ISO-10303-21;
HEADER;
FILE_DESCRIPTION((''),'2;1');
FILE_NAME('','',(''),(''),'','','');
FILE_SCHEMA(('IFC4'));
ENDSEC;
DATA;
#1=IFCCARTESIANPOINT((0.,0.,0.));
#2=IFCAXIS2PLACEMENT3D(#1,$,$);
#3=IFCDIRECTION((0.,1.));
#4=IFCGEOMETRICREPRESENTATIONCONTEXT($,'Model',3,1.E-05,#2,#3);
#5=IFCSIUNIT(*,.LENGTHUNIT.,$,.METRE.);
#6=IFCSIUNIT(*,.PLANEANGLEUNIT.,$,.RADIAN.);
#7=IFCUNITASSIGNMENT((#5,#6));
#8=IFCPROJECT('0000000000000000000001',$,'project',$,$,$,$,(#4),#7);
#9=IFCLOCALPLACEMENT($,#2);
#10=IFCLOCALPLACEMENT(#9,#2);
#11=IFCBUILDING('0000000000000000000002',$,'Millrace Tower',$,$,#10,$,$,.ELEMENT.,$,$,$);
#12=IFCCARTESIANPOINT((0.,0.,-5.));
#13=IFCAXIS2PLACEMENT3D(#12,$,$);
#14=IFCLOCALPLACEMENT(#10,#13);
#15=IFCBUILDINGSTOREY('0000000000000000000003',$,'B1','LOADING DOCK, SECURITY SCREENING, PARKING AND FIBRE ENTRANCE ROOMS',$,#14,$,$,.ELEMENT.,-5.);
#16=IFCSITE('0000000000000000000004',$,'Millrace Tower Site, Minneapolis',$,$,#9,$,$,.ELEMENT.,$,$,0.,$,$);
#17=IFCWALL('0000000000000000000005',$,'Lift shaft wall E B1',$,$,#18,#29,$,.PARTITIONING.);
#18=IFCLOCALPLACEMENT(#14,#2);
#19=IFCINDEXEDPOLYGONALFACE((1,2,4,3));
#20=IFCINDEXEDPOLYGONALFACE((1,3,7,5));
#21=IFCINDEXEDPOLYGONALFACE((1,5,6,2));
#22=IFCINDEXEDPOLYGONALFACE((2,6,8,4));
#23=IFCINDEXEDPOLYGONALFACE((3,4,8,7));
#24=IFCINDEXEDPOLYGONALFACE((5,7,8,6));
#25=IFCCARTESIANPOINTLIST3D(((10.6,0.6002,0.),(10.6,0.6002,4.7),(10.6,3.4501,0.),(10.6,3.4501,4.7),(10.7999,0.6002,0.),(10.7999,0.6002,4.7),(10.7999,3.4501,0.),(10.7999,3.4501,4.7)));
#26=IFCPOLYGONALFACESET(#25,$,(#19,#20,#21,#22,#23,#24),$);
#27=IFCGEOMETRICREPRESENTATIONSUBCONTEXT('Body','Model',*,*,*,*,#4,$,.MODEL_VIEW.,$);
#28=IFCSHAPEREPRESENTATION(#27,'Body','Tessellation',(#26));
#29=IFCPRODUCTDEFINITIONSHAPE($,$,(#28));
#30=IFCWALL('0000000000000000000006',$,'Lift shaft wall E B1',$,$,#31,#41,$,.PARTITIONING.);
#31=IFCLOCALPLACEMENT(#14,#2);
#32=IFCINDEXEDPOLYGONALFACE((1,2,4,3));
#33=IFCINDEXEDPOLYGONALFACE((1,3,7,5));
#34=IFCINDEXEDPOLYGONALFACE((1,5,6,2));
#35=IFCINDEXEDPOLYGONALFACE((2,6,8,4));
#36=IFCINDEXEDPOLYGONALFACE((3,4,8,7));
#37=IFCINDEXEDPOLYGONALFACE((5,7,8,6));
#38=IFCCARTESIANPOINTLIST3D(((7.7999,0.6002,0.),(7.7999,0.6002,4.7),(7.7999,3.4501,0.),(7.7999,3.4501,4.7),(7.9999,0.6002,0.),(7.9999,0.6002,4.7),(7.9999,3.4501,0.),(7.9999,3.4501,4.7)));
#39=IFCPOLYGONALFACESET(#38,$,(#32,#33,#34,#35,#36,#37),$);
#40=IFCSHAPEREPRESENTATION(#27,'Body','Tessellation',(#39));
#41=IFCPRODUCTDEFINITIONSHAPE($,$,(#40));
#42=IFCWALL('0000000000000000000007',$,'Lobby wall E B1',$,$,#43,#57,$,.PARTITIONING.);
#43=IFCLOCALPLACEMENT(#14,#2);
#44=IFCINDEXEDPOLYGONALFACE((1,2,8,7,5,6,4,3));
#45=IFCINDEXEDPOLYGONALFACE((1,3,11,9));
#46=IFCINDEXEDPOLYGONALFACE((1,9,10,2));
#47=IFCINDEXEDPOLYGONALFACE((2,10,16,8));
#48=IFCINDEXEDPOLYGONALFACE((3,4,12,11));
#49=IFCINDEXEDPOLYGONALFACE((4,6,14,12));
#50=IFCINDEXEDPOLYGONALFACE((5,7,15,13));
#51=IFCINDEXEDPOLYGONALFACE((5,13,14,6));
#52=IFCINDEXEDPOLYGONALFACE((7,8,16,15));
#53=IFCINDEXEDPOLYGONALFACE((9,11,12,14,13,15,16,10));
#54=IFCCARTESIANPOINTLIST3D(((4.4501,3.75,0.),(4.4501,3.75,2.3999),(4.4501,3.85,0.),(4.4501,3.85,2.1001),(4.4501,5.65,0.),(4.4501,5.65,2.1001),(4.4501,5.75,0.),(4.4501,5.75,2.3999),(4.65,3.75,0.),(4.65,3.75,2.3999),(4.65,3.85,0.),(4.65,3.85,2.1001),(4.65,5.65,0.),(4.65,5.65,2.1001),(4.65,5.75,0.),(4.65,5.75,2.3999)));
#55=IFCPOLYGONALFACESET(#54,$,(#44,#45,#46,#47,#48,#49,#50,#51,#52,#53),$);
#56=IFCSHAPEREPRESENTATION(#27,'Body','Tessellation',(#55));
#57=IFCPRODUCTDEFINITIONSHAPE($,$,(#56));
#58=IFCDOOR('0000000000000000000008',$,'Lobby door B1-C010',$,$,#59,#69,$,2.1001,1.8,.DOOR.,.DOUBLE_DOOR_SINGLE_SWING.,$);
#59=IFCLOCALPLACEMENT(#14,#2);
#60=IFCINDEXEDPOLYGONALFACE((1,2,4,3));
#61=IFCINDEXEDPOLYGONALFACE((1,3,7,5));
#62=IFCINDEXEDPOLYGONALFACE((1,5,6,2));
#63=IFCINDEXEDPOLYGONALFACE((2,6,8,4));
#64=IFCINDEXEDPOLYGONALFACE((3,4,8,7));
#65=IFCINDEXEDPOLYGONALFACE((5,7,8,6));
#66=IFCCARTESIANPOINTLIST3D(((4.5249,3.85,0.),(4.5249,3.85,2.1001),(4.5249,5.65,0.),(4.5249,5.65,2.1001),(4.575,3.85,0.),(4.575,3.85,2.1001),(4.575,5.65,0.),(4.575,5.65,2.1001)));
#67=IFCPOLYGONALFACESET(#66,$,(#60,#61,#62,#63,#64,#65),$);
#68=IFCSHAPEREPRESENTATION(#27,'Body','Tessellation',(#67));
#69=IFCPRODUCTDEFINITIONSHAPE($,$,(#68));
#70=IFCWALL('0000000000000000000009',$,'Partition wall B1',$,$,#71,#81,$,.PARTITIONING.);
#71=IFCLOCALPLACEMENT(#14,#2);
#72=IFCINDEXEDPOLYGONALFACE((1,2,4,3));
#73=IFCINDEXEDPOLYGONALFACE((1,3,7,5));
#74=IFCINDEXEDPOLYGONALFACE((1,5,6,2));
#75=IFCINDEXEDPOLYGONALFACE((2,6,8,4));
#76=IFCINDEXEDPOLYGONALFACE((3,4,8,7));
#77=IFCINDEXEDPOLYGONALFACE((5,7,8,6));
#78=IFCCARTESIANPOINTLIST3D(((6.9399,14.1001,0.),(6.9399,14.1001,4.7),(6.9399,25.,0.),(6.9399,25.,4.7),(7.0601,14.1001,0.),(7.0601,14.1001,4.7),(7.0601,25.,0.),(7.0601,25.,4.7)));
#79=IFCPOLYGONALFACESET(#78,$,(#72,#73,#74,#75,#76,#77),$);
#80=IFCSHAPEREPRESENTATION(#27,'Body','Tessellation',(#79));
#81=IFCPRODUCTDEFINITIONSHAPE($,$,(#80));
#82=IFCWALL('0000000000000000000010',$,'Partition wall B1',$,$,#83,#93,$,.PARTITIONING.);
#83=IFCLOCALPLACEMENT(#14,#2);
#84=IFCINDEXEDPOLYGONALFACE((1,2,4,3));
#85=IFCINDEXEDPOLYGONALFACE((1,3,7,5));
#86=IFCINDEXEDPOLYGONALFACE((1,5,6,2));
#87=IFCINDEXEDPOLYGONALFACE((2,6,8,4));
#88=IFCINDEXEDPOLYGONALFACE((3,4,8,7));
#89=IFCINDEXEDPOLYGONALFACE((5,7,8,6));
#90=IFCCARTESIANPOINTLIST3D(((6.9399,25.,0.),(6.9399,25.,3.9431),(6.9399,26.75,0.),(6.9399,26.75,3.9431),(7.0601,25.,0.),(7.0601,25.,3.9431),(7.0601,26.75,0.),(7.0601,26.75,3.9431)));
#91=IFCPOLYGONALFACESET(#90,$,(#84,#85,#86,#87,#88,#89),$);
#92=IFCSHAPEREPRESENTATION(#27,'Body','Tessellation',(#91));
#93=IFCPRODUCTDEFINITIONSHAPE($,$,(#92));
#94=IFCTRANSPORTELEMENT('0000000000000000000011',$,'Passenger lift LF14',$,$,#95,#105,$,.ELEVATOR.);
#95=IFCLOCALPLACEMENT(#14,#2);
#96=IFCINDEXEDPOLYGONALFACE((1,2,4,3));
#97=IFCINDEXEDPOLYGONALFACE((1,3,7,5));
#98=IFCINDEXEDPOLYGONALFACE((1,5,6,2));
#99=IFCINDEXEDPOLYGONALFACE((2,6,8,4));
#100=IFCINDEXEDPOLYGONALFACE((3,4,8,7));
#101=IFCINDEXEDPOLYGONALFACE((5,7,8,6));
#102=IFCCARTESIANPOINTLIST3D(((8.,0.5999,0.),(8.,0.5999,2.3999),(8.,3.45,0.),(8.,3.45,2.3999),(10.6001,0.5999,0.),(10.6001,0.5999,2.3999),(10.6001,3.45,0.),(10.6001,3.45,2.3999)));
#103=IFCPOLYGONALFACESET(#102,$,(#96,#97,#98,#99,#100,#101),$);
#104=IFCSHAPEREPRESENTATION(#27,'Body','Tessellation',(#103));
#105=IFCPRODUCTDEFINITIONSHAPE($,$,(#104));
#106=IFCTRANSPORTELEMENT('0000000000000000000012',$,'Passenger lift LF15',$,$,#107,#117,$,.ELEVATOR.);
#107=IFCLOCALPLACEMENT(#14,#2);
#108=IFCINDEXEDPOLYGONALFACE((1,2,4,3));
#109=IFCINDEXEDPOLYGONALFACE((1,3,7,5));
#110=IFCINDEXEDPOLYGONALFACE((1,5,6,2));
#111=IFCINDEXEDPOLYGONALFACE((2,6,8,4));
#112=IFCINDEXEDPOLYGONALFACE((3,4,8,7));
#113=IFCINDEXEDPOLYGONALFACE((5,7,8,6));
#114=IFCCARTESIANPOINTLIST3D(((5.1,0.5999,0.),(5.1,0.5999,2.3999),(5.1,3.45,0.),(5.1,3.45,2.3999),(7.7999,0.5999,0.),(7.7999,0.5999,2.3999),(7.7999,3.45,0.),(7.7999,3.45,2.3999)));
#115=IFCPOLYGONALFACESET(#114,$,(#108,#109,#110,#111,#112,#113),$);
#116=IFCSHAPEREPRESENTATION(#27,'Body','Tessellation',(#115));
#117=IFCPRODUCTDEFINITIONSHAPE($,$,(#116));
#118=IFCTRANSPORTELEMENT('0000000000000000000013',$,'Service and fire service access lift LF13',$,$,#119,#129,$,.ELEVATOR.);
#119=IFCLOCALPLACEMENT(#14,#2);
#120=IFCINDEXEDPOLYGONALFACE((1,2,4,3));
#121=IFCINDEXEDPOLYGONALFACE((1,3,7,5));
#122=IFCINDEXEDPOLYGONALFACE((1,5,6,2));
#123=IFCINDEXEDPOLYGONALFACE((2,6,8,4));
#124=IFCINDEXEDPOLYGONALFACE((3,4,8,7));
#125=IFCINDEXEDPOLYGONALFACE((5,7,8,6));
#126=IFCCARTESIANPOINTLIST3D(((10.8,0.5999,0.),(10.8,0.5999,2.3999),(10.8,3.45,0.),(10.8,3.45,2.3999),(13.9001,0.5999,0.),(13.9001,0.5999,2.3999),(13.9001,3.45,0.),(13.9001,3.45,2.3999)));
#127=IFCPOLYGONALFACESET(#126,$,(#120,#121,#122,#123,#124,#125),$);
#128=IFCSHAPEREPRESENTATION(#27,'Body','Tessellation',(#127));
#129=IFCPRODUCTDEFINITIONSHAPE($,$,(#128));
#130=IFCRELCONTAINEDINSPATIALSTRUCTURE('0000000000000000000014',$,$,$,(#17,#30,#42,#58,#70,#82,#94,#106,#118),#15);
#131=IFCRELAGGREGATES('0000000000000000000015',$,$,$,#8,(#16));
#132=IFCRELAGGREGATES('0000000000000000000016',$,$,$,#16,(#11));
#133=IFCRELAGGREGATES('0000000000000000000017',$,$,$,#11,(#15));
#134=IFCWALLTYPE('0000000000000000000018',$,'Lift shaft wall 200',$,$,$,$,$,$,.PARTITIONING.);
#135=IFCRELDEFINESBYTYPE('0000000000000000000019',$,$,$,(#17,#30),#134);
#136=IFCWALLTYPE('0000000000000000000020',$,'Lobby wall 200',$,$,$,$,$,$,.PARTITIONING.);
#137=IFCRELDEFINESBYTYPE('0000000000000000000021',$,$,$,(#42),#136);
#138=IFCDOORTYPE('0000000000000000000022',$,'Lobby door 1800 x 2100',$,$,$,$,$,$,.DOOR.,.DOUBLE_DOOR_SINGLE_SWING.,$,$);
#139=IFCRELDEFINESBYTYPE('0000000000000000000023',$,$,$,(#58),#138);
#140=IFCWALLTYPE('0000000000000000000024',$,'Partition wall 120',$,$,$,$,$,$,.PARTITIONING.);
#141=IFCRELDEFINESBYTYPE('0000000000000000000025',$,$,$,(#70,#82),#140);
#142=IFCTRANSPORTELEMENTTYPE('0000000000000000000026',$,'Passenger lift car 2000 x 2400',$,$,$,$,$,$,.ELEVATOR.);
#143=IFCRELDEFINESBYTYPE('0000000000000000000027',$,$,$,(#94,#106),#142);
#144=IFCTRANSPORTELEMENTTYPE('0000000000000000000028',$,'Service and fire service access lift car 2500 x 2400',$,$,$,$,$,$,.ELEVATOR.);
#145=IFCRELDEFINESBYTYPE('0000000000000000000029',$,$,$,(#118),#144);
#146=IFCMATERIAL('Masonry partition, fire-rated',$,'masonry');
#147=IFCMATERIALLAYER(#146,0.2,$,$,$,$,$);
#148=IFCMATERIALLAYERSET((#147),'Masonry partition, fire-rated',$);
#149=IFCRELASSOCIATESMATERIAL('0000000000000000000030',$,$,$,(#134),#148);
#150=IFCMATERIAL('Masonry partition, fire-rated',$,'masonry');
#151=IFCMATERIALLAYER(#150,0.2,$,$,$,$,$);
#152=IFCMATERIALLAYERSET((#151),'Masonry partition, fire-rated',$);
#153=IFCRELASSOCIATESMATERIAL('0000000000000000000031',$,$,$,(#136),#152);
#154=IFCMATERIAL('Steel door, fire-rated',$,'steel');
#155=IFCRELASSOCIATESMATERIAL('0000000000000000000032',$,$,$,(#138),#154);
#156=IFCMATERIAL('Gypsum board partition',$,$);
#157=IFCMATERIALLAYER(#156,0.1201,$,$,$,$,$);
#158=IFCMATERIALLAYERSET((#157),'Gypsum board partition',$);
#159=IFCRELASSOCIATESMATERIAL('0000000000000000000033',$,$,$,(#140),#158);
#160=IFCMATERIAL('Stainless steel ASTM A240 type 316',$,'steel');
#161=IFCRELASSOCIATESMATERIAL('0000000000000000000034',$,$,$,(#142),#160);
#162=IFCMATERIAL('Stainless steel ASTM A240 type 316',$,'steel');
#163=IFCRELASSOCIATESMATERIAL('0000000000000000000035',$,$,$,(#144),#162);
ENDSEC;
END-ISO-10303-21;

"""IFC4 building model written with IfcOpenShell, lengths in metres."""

from ifc_helpers import new_model, si_unit, direction, frame, frame_2d, origin, origin_2d, place, context, subcontext, project, spatial, rectangle, extrude, material, layer, layer_set, type_object, element, fill, save


model = new_model("IFC4")

# Units and contexts
model_context = context("Model", 3, precision=1e-05, world=origin(), true_north=direction((0.0, 1.0)))
body_context = subcontext(model_context, "Body", "Model", "MODEL_VIEW")
ifc_project = project(units=[si_unit("LENGTHUNIT", "METRE"), si_unit("PLANEANGLEUNIT", "RADIAN")], contexts=[model_context])

# Site, building, storey
site_placement = place(None, origin())
site = spatial("IfcSite", under=ifc_project, at=site_placement, Name="Millrace Tower Site, Minneapolis", CompositionType="ELEMENT", RefElevation=0.0)
building_placement = place(site_placement, origin())
building = spatial("IfcBuilding", under=site, at=building_placement, Name="Millrace Tower", CompositionType="ELEMENT")
storey_placement = place(building_placement, frame((0.0, 0.0, -5.0)))
storey = spatial("IfcBuildingStorey", under=building, at=storey_placement, Name="B1", Description="LOADING DOCK, SECURITY SCREENING, PARKING AND FIBRE ENTRANCE ROOMS", CompositionType="ELEMENT", Elevation=-5.0)

# Shared definitions
ifc_material_1 = material(Name="Masonry partition, fire-rated", Category="masonry")
ifc_layer_1 = layer(ifc_material_1, 0.2)
ifc_layer_set_1 = layer_set([ifc_layer_1], Name="Masonry partition, fire-rated")
wall_type_1 = type_object("IfcWallType", Name="Lift shaft wall 200", PredefinedType="PARTITIONING", material=ifc_layer_set_1)

# Walls
for number, where, z_axis, x_axis, name in (
    (1, (10.7, 3.45, 0.0), (0.0, 0.0, 1.0), (0.0, -1.0, 0.0), "Lift shaft wall E B1"),
    (2, (7.8999, 3.45, 0.0), (0.0, 0.0, 1.0), (0.0, -1.0, 0.0), "Lift shaft wall E B1"),
):
    element("IfcWall", number, at=place(storey_placement, frame(where, z_axis=z_axis, x_axis=x_axis)), inside=storey, type_object=wall_type_1, Name=name, PredefinedType="PARTITIONING", context=body_context, shape_type="SweptSolid", body=[
        extrude(rectangle(XDim=2.8499, YDim=0.2, at=frame_2d((1.4248, 0.0))), origin(), (0.0, 0.0, 1.0), 4.7),
    ])

# Wall, opening, door
ifc_material_2 = material(Name="Masonry partition, fire-rated", Category="masonry")
ifc_layer_2 = layer(ifc_material_2, 0.2)
ifc_layer_set_2 = layer_set([ifc_layer_2], Name="Masonry partition, fire-rated")
wall_type_2 = type_object("IfcWallType", Name="Lobby wall 200", PredefinedType="PARTITIONING", material=ifc_layer_set_2)
wall_1_placement = place(storey_placement, frame((4.55, 5.75, 0.0), z_axis=(0.0, 0.0, 1.0), x_axis=(0.0, -1.0, 0.0)))
wall_1 = element("IfcWall", 3, at=wall_1_placement, inside=storey, type_object=wall_type_2, Name="Lobby wall E B1", PredefinedType="PARTITIONING", context=body_context, shape_type="SweptSolid", body=[
    extrude(rectangle(XDim=2.0, YDim=0.2, at=frame_2d((1.0, 0.0))), origin(), (0.0, 0.0, 1.0), 2.3999),
])
opening_1_placement = place(wall_1_placement, frame((0.1001, 0.0, 0.0)))
opening_1 = element("IfcOpeningElement", 4, at=opening_1_placement, cuts=wall_1, PredefinedType="OPENING", context=body_context, shape_type="SweptSolid", body=[
    extrude(rectangle(XDim=1.8, YDim=2.1001, at=frame_2d((0.8999, 1.05))), frame((0.0, 0.1099, 0.0), z_axis=(0.0, -1.0, 0.0), x_axis=(1.0, 0.0, 0.0)), (0.0, 0.0, 1.0), 0.22),
])
ifc_material_3 = material(Name="Steel door, fire-rated", Category="steel")
door_type_1 = type_object("IfcDoorType", Name="Lobby door 1800 x 2100", OperationType="DOUBLE_DOOR_SINGLE_SWING", PredefinedType="DOOR", material=ifc_material_3)
door_1_placement = place(opening_1_placement, origin())
door_1 = element("IfcDoor", 5, at=door_1_placement, inside=storey, type_object=door_type_1, Name="Lobby door B1-C010", OperationType="DOUBLE_DOOR_SINGLE_SWING", OverallHeight=2.1001, OverallWidth=1.8, PredefinedType="DOOR", context=body_context, shape_type="SweptSolid", body=[
    extrude(rectangle(XDim=1.8, YDim=2.1001, at=frame_2d((0.8999, 1.05))), frame((0.0, 0.0249, 0.0), z_axis=(0.0, -1.0, 0.0), x_axis=(1.0, 0.0, 0.0)), (0.0, 0.0, 1.0), 0.05),
])
fill(opening_1, door_1)

# Walls
ifc_material_4 = material(Name="Gypsum board partition")
ifc_layer_3 = layer(ifc_material_4, 0.1201)
ifc_layer_set_3 = layer_set([ifc_layer_3], Name="Gypsum board partition")
wall_type_3 = type_object("IfcWallType", Name="Partition wall 120", PredefinedType="PARTITIONING", material=ifc_layer_set_3)
wall_2_placement = place(storey_placement, frame((7.0, 14.1001, 0.0), z_axis=(0.0, 0.0, 1.0), x_axis=(0.0, 1.0, 0.0)))
element("IfcWall", 6, at=wall_2_placement, inside=storey, type_object=wall_type_3, Name="Partition wall B1", PredefinedType="PARTITIONING", context=body_context, shape_type="SweptSolid", body=[
    extrude(rectangle(XDim=10.8999, YDim=0.1201, at=frame_2d((5.45, 0.0))), origin(), (0.0, 0.0, 1.0), 4.7),
])
wall_3_placement = place(storey_placement, frame((7.0, 25.0, 0.0), z_axis=(0.0, 0.0, 1.0), x_axis=(0.0, 1.0, 0.0)))
element("IfcWall", 7, at=wall_3_placement, inside=storey, type_object=wall_type_3, Name="Partition wall B1", PredefinedType="PARTITIONING", context=body_context, shape_type="SweptSolid", body=[
    extrude(rectangle(XDim=1.75, YDim=0.1201, at=frame_2d((0.875, 0.0))), origin(), (0.0, 0.0, 1.0), 3.9431),
])

# Transport elements
ifc_material_5 = material(Name="Stainless steel ASTM A240 type 316", Category="steel")
transport_element_type_1 = type_object("IfcTransportElementType", Name="Passenger lift car 2000 x 2400", PredefinedType="ELEVATOR", material=ifc_material_5)
transport_element_1_placement = place(storey_placement, frame((9.3, 2.0249, 0.0), z_axis=(0.0, 0.0, 1.0), x_axis=(1.0, 0.0, 0.0)))
element("IfcTransportElement", 8, at=transport_element_1_placement, inside=storey, type_object=transport_element_type_1, Name="Passenger lift LF14", PredefinedType="ELEVATOR", context=body_context, shape_type="SweptSolid", body=[
    extrude(rectangle(XDim=2.6001, YDim=2.8501, at=origin_2d()), origin(), (0.0, 0.0, 1.0), 2.3999),
])
transport_element_2_placement = place(storey_placement, frame((6.45, 2.0249, 0.0), z_axis=(0.0, 0.0, 1.0), x_axis=(1.0, 0.0, 0.0)))
element("IfcTransportElement", 9, at=transport_element_2_placement, inside=storey, type_object=transport_element_type_1, Name="Passenger lift LF15", PredefinedType="ELEVATOR", context=body_context, shape_type="SweptSolid", body=[
    extrude(rectangle(XDim=2.7, YDim=2.8501, at=origin_2d()), origin(), (0.0, 0.0, 1.0), 2.3999),
])
ifc_material_6 = material(Name="Stainless steel ASTM A240 type 316", Category="steel")
transport_element_type_2 = type_object("IfcTransportElementType", Name="Service and fire service access lift car 2500 x 2400", PredefinedType="ELEVATOR", material=ifc_material_6)
transport_element_3_placement = place(storey_placement, frame((12.3501, 2.0249, 0.0), z_axis=(0.0, 0.0, 1.0), x_axis=(1.0, 0.0, 0.0)))
element("IfcTransportElement", 10, at=transport_element_3_placement, inside=storey, type_object=transport_element_type_2, Name="Service and fire service access lift LF13", PredefinedType="ELEVATOR", context=body_context, shape_type="SweptSolid", body=[
    extrude(rectangle(XDim=3.1001, YDim=2.8501, at=origin_2d()), origin(), (0.0, 0.0, 1.0), 2.3999),
])

save(model, "model.ifc")
